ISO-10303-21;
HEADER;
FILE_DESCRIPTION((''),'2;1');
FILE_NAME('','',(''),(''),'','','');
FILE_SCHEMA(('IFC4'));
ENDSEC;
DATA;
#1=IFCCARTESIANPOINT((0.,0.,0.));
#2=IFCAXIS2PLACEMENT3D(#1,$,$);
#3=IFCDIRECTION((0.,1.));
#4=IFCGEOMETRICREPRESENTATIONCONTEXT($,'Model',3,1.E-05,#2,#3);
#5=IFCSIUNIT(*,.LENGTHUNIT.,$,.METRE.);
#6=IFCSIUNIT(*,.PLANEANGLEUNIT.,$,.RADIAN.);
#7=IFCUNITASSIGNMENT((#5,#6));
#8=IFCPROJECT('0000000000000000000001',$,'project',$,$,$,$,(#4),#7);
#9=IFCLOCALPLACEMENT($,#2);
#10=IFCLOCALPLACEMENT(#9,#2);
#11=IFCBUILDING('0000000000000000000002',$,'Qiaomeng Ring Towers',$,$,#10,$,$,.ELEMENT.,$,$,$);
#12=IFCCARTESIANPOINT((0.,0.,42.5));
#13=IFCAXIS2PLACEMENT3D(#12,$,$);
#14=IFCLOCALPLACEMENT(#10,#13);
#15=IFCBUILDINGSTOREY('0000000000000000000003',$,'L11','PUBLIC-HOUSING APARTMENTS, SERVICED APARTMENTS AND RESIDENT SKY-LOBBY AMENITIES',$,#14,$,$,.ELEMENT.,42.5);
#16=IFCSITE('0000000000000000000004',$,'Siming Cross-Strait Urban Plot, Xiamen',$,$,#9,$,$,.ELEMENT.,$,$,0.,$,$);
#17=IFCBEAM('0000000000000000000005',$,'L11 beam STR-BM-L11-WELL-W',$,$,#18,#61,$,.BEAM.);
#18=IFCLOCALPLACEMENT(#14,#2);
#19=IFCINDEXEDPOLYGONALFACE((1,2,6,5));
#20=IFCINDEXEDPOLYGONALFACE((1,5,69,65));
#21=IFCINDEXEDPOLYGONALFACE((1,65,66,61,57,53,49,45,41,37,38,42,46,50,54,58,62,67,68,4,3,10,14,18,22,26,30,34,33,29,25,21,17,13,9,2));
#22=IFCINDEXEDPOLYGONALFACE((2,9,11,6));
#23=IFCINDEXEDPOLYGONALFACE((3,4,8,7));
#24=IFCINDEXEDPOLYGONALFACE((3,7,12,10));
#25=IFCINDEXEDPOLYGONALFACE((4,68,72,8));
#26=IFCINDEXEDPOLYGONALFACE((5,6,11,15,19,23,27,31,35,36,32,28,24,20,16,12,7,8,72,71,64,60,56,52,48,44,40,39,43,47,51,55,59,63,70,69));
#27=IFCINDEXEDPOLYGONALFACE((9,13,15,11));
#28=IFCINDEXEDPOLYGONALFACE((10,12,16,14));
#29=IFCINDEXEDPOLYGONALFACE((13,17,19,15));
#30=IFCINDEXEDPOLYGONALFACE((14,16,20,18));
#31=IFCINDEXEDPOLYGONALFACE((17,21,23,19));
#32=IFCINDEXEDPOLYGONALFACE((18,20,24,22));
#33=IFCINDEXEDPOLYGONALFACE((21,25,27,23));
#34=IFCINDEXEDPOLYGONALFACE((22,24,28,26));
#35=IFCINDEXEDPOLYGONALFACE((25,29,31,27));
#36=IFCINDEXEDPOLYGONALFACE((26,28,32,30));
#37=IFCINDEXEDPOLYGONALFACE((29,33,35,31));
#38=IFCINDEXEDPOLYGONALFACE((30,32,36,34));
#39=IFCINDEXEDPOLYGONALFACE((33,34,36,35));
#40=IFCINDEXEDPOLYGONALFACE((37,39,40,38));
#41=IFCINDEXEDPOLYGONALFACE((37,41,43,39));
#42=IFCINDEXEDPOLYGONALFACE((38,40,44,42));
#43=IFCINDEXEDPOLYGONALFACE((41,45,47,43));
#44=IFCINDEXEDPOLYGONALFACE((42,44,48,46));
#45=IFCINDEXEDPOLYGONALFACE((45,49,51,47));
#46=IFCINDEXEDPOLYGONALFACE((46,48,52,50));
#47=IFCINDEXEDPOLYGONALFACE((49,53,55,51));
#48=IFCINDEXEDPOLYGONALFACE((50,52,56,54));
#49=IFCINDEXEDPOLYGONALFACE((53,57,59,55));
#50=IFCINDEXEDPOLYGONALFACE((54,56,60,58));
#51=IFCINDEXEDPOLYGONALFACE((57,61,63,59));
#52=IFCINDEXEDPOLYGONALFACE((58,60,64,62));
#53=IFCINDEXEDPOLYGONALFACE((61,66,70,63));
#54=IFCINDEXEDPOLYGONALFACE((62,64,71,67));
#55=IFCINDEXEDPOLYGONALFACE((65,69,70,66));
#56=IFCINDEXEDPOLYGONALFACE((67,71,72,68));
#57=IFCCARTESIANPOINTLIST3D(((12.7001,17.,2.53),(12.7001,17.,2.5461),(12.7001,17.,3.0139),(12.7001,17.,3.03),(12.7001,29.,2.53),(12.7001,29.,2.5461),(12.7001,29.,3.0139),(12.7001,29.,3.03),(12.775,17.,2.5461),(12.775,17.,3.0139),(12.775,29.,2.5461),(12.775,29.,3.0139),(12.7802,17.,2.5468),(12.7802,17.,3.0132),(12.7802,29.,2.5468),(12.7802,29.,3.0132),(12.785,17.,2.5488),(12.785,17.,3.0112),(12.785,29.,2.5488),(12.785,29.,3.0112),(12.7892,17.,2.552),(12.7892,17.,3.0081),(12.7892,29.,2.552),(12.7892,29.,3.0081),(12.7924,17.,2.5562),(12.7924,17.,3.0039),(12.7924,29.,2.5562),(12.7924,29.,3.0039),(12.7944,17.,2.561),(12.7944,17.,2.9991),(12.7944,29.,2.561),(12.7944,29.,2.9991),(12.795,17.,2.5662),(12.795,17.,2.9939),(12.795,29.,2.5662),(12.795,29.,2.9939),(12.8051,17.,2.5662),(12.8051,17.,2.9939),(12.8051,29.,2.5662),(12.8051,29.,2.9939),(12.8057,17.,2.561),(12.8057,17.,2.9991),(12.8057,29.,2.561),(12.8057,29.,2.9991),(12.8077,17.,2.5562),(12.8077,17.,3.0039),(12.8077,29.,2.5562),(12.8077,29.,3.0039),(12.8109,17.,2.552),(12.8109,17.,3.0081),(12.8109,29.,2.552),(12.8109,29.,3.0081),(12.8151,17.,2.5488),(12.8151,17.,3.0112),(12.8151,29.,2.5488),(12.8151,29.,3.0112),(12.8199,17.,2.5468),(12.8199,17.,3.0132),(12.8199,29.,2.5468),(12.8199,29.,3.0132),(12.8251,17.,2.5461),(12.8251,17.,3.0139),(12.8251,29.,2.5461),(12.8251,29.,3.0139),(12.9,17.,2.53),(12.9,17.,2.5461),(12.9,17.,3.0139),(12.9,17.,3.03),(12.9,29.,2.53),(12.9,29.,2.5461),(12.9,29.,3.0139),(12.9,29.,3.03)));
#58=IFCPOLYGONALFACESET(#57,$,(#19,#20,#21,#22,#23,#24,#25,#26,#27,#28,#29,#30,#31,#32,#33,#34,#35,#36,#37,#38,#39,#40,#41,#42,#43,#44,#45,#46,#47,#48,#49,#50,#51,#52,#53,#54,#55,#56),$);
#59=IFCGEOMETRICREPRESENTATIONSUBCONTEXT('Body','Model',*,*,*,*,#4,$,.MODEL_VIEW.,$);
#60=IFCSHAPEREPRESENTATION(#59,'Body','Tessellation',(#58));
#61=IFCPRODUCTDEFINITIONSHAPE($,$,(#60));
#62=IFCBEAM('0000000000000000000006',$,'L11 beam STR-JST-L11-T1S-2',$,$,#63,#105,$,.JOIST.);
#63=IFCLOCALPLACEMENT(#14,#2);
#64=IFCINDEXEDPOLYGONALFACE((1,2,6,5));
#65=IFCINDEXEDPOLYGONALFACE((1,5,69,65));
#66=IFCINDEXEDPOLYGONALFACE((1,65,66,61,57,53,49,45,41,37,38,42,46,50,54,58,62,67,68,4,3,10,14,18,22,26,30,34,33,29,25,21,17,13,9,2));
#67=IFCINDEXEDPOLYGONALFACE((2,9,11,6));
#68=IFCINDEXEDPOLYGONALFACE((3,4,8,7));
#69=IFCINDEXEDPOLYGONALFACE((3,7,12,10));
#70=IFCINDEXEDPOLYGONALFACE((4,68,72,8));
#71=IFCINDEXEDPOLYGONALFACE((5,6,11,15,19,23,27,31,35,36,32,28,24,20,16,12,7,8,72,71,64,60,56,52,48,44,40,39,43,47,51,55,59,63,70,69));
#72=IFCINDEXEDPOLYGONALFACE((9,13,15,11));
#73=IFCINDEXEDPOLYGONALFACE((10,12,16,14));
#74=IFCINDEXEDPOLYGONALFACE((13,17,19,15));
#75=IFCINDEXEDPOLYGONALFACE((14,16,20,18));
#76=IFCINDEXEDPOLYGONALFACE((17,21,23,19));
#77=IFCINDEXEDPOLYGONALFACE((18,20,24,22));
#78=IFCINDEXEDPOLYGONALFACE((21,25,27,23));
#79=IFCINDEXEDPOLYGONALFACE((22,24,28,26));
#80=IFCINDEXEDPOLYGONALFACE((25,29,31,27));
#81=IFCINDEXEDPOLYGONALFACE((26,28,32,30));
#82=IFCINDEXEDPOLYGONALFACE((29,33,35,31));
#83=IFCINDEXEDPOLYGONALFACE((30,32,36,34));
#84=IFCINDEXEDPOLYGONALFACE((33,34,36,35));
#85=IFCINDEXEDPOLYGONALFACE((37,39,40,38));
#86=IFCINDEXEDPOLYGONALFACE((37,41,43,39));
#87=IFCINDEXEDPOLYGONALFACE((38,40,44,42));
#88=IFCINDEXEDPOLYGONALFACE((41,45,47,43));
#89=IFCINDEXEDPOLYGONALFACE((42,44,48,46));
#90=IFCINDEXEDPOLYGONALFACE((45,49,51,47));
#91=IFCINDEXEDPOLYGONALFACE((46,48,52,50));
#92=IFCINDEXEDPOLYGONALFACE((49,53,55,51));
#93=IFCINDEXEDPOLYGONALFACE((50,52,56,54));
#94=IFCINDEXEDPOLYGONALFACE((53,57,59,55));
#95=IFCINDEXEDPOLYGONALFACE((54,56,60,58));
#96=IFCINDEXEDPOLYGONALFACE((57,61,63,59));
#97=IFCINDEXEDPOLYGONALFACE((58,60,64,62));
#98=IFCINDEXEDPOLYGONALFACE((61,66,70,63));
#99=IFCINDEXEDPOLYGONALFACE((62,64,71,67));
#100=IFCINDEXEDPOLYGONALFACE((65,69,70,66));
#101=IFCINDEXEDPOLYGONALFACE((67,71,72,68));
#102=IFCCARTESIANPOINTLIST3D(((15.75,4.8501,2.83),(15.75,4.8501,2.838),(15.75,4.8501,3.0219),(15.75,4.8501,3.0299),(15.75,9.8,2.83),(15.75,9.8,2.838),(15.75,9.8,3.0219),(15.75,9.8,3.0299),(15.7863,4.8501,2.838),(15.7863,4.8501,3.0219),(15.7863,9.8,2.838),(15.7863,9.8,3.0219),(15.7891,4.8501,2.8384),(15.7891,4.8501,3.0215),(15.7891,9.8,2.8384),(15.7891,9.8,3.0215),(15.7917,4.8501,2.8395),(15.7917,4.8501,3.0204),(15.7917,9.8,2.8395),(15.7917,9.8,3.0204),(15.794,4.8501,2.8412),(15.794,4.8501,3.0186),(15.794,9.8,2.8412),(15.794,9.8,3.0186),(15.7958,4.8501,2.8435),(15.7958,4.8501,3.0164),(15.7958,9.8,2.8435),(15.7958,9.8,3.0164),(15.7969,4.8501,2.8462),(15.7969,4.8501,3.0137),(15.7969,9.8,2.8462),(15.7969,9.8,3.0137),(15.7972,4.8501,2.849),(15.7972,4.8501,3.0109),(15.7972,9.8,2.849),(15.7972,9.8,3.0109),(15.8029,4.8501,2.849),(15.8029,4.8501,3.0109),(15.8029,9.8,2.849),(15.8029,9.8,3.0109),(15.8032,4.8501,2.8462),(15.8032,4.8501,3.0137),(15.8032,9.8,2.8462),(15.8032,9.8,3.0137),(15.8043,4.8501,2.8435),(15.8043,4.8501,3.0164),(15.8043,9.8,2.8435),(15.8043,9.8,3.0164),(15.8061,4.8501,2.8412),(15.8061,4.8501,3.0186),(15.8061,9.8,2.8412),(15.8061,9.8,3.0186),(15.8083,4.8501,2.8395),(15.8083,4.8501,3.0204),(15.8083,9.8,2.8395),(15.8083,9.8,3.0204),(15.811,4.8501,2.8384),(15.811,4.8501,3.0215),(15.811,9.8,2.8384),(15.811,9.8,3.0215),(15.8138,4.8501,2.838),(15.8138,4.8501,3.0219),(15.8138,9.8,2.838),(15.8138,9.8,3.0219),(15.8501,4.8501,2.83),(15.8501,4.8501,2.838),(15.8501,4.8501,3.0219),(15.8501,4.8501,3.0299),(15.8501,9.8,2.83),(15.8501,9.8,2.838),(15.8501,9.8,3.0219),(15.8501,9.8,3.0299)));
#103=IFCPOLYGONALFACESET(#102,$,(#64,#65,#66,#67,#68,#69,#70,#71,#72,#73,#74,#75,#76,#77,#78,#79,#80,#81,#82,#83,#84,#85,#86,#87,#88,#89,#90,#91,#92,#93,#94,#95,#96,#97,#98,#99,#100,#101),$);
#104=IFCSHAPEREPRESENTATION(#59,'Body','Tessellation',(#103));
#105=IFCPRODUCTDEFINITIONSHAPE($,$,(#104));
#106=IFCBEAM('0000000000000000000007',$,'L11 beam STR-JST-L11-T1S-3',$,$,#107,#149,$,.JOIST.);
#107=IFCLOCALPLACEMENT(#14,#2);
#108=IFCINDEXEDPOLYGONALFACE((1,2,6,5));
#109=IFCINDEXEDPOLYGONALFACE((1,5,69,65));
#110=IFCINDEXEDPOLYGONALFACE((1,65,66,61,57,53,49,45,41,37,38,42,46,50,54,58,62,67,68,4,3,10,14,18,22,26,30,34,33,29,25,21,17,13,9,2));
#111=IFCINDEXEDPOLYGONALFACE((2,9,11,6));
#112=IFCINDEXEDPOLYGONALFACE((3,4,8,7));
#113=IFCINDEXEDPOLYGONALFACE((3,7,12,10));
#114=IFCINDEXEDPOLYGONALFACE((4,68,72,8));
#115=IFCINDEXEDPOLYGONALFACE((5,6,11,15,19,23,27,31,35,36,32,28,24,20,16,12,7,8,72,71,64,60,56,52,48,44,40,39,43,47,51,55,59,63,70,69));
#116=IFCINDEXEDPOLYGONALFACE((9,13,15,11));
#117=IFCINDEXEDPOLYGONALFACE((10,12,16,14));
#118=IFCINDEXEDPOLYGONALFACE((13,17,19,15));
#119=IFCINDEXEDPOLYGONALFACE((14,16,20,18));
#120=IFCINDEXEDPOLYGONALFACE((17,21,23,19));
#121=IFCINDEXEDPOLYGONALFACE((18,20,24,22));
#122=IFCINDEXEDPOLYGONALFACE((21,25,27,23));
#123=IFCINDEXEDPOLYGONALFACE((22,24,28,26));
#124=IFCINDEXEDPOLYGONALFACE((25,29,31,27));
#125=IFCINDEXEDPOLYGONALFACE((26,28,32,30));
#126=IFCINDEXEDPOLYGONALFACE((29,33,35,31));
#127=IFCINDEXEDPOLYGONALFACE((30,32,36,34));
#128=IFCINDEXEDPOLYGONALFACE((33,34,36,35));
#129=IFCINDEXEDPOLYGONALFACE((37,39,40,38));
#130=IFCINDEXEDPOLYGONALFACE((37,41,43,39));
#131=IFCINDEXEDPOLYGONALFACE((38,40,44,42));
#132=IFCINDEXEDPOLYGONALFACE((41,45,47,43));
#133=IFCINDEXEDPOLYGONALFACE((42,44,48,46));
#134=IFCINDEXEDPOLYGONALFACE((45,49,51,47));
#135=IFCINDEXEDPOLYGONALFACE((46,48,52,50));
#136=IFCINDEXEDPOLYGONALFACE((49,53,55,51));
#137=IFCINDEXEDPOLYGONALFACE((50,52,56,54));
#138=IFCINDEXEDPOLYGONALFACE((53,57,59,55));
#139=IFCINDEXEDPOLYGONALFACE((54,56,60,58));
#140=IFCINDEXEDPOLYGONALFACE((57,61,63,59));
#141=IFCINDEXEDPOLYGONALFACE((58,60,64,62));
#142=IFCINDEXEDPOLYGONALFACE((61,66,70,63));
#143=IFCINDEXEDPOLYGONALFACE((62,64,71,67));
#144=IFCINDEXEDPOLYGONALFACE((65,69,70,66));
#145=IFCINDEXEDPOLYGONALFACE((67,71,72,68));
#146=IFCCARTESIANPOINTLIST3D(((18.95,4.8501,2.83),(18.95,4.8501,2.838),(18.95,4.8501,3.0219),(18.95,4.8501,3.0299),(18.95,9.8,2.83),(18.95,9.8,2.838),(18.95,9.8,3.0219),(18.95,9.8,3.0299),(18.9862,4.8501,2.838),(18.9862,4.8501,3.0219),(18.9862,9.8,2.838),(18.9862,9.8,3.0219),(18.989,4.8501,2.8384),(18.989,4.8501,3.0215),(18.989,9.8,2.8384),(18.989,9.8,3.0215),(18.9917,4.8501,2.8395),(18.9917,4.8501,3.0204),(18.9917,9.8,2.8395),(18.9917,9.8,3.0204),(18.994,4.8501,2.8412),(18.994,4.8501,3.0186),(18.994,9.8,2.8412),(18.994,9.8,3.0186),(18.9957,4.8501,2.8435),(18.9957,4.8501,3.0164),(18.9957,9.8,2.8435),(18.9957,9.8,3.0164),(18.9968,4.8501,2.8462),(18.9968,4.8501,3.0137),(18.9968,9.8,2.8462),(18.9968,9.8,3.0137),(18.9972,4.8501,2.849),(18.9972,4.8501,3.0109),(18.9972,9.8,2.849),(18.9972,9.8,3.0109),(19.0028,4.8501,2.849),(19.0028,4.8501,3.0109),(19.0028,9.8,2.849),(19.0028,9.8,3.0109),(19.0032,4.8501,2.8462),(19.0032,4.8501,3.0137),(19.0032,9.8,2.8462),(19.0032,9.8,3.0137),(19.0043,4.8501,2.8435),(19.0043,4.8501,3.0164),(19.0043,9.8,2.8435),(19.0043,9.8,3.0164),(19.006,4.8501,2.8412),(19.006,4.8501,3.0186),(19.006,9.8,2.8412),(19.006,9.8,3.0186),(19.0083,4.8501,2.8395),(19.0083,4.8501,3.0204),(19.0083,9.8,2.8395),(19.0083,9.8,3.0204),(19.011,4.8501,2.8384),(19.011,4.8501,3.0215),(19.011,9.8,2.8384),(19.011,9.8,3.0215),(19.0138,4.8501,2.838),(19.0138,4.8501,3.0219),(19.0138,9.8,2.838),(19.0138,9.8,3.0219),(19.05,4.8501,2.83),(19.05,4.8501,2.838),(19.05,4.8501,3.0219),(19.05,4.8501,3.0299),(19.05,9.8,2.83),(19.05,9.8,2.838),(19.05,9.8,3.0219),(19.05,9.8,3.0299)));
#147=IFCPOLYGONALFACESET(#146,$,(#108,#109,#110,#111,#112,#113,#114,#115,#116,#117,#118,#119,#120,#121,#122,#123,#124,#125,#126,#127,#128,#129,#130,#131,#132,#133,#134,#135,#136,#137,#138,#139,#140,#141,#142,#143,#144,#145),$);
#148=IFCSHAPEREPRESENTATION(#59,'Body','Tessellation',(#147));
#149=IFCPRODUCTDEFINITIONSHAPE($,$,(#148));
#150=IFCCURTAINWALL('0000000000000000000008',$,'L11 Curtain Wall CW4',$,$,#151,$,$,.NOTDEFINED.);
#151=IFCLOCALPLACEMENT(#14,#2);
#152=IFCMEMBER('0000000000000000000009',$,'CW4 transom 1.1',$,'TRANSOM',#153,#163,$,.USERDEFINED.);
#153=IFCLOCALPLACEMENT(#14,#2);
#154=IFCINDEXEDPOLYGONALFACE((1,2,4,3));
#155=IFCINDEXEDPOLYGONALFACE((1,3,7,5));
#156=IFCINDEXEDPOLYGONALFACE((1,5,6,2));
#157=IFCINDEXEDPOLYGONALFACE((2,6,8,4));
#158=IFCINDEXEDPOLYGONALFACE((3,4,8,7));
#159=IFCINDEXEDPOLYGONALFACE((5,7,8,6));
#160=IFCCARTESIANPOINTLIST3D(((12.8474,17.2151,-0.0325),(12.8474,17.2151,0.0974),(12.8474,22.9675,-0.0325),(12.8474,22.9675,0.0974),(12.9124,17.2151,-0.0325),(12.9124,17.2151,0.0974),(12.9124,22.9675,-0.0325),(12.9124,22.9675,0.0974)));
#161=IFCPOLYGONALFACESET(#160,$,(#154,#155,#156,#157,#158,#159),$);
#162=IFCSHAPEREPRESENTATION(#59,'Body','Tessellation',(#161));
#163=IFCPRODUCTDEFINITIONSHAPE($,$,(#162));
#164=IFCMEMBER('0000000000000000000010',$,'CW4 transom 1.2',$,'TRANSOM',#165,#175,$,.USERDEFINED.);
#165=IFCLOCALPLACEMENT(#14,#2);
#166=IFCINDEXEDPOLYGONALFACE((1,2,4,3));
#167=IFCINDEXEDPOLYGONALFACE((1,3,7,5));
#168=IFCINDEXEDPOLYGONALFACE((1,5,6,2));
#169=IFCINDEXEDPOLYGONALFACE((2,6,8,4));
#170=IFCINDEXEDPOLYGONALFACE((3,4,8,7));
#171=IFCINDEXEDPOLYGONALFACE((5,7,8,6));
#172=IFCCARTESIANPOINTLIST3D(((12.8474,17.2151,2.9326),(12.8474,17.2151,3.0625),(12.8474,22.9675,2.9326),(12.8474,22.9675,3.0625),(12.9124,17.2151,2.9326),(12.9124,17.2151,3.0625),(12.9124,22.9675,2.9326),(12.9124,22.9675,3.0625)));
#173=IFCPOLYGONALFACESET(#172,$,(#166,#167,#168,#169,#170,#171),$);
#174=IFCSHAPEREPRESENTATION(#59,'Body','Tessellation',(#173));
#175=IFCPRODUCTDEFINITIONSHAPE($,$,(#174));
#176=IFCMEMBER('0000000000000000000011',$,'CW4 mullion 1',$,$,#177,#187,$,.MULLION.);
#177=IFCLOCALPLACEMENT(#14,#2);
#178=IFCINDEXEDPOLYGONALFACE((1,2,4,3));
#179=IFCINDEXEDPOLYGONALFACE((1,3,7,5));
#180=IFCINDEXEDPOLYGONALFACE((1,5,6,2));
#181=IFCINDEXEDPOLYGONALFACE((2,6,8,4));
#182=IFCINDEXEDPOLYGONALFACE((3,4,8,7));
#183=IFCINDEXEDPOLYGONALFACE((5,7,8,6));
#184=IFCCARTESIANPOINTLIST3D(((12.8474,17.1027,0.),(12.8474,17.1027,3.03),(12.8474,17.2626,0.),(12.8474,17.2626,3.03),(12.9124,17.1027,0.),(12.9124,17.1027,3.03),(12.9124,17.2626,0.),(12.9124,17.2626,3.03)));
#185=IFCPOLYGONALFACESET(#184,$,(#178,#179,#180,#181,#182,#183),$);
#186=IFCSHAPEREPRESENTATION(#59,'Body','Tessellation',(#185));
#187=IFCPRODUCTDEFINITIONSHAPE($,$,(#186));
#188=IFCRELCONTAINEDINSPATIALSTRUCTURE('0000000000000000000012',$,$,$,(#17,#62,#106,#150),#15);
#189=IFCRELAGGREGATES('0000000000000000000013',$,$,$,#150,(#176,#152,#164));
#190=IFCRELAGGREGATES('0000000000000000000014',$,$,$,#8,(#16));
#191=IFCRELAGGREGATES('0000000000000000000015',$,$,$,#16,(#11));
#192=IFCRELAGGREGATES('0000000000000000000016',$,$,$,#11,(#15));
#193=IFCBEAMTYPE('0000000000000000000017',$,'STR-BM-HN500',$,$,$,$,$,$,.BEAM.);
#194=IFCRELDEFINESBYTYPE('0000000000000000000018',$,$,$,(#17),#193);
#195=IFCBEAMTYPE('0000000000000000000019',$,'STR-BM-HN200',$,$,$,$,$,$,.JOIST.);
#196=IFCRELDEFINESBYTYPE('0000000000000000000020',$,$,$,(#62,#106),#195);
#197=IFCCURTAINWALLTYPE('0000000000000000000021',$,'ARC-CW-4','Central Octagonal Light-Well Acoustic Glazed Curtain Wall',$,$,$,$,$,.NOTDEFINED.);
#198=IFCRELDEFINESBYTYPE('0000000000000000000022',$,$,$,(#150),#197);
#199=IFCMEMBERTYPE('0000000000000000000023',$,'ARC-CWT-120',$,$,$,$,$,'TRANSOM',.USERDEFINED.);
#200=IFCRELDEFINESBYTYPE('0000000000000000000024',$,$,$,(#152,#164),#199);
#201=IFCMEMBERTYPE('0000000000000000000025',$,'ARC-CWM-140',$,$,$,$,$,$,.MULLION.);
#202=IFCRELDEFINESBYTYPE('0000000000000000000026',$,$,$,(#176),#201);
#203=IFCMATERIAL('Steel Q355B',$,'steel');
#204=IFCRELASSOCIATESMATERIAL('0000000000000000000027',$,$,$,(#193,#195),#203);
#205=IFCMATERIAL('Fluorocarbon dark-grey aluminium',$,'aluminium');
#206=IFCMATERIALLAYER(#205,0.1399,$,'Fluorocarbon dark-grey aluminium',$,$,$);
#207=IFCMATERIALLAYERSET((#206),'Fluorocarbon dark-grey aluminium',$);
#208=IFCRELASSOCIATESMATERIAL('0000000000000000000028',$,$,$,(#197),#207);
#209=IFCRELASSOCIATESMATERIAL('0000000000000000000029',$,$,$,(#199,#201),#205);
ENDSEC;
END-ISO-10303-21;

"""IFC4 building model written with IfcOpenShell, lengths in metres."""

from ifc_helpers import new_model, si_unit, direction, frame, origin, origin_2d, place, context, subcontext, project, spatial, rectangle, i_section, extrude, source, transform, mapped, material, layer, layer_set, material_profile, profile_set, type_object, element, aggregate, save


model = new_model("IFC4")

# Units and contexts
model_context = context("Model", 3, precision=1e-05, world=origin(), true_north=direction((0.0, 1.0)))
body_context = subcontext(model_context, "Body", "Model", "MODEL_VIEW")
ifc_project = project(units=[si_unit("LENGTHUNIT", "METRE"), si_unit("PLANEANGLEUNIT", "RADIAN")], contexts=[model_context])

# Site, building, storey
site_placement = place(None, origin())
site = spatial("IfcSite", under=ifc_project, at=site_placement, Name="Siming Cross-Strait Urban Plot, Xiamen", CompositionType="ELEMENT", RefElevation=0.0)
building_placement = place(site_placement, origin())
building = spatial("IfcBuilding", under=site, at=building_placement, Name="Qiaomeng Ring Towers", CompositionType="ELEMENT")
storey_placement = place(building_placement, frame((0.0, 0.0, 42.5)))
storey = spatial("IfcBuildingStorey", under=building, at=storey_placement, Name="L11", Description="PUBLIC-HOUSING APARTMENTS, SERVICED APARTMENTS AND RESIDENT SKY-LOBBY AMENITIES", CompositionType="ELEMENT", Elevation=42.5)

# Beams
ifc_material_1 = material(Name="Steel Q355B", Category="steel")
ifc_material_profile_1 = material_profile(ifc_material_1, i_section(OverallWidth=0.2, OverallDepth=0.5, WebThickness=0.01, FlangeThickness=0.0161, FilletRadius=0.02, at=origin_2d()), Name="HN 500x200x10x16")
ifc_profile_set_1 = profile_set([ifc_material_profile_1], Name="Steel Q355B")
beam_type_1 = type_object("IfcBeamType", Name="STR-BM-HN500", PredefinedType="BEAM", material=ifc_profile_set_1)
shared_shape_1 = source(origin(), body_context, "Body", "SweptSolid", [
    extrude(i_section(OverallWidth=0.2, OverallDepth=0.5, WebThickness=0.01, FlangeThickness=0.0161, FilletRadius=0.02, at=origin_2d()), origin(), (0.0, 0.0, 1.0), 12.0),
])
beam_placement = place(storey_placement, frame((12.8, 17.0, 2.78), z_axis=(0.0, 1.0, 0.0), x_axis=(-1.0, 0.0, 0.0)))
element("IfcBeam", 1, at=beam_placement, inside=storey, type_object=beam_type_1, Name="L11 beam STR-BM-L11-WELL-W", PredefinedType="BEAM", context=body_context, shape_type="MappedRepresentation", body=[
    mapped(shared_shape_1, transform((0.0, 0.0, 0.0), x_axis=(1.0, 0.0, 0.0), y_axis=(0.0, 1.0, 0.0), z_axis=(0.0, 0.0, 1.0), scale=1.0)),
])
ifc_material_profile_2 = material_profile(ifc_material_1, i_section(OverallWidth=0.1001, OverallDepth=0.2, WebThickness=0.0056, FlangeThickness=0.0081, FilletRadius=0.011, at=origin_2d()), Name="HN 200x100x5.5x8")
ifc_profile_set_2 = profile_set([ifc_material_profile_2], Name="Steel Q355B")
beam_type_2 = type_object("IfcBeamType", Name="STR-BM-HN200", PredefinedType="JOIST", material=ifc_profile_set_2)
shared_shape_2 = source(origin(), body_context, "Body", "SweptSolid", [
    extrude(i_section(OverallWidth=0.1001, OverallDepth=0.2, WebThickness=0.0056, FlangeThickness=0.0081, FilletRadius=0.011, at=origin_2d()), origin(), (0.0, 0.0, 1.0), 4.95),
])
for number, where, z_axis, x_axis, name in (
    (2, (15.8, 4.8501, 2.9299), (0.0, 1.0, 0.0), (-1.0, 0.0, 0.0), "L11 beam STR-JST-L11-T1S-2"),
    (3, (19.0, 4.8501, 2.9299), (0.0, 1.0, 0.0), (-1.0, 0.0, 0.0), "L11 beam STR-JST-L11-T1S-3"),
):
    element("IfcBeam", number, at=place(storey_placement, frame(where, z_axis=z_axis, x_axis=x_axis)), inside=storey, type_object=beam_type_2, Name=name, PredefinedType="JOIST", context=body_context, shape_type="MappedRepresentation", body=[
        mapped(shared_shape_2, transform((0.0, 0.0, 0.0), x_axis=(1.0, 0.0, 0.0), y_axis=(0.0, 1.0, 0.0), z_axis=(0.0, 0.0, 1.0), scale=1.0)),
    ])

# Curtain wall, members
ifc_material_2 = material(Name="Fluorocarbon dark-grey aluminium", Category="aluminium")
ifc_layer_1 = layer(ifc_material_2, 0.1399, Name="Fluorocarbon dark-grey aluminium")
ifc_layer_set_1 = layer_set([ifc_layer_1], Name="Fluorocarbon dark-grey aluminium")
curtain_wall_type = type_object("IfcCurtainWallType", Name="ARC-CW-4", Description="Central Octagonal Light-Well Acoustic Glazed Curtain Wall", PredefinedType="NOTDEFINED", material=ifc_layer_set_1)
curtain_wall_placement = place(storey_placement, origin())
curtain_wall = element("IfcCurtainWall", 4, at=curtain_wall_placement, inside=storey, type_object=curtain_wall_type, Name="L11 Curtain Wall CW4", PredefinedType="NOTDEFINED")
ifc_material_profile_3 = material_profile(ifc_material_2, rectangle(XDim=0.0649, YDim=0.1299, at=origin_2d()), Name="ALU TRAN 65x130")
ifc_profile_set_3 = profile_set([ifc_material_profile_3], Name="Fluorocarbon dark-grey aluminium")
member_type_1 = type_object("IfcMemberType", Name="ARC-CWT-120", ElementType="TRANSOM", PredefinedType="USERDEFINED", material=ifc_profile_set_3)
shared_shape_3 = source(origin(), body_context, "Body", "SweptSolid", [
    extrude(rectangle(XDim=0.0649, YDim=0.1299, at=origin_2d()), origin(), (0.0, 0.0, 1.0), 5.7524),
])
member_1_placement = place(storey_placement, frame((12.8799, 17.2151, 0.0325), z_axis=(0.0, 1.0, 0.0), x_axis=(-1.0, 0.0, 0.0)))
member_1 = element("IfcMember", 5, at=member_1_placement, type_object=member_type_1, Name="CW4 transom 1.1", ObjectType="TRANSOM", PredefinedType="USERDEFINED", context=body_context, shape_type="MappedRepresentation", body=[
    mapped(shared_shape_3, transform((0.0, 0.0, 0.0), x_axis=(1.0, 0.0, 0.0), y_axis=(0.0, 1.0, 0.0), z_axis=(0.0, 0.0, 1.0), scale=1.0)),
])
member_2_placement = place(storey_placement, frame((12.8799, 17.2151, 2.9976), z_axis=(0.0, 1.0, 0.0), x_axis=(-1.0, 0.0, 0.0)))
member_2 = element("IfcMember", 6, at=member_2_placement, type_object=member_type_1, Name="CW4 transom 1.2", ObjectType="TRANSOM", PredefinedType="USERDEFINED", context=body_context, shape_type="MappedRepresentation", body=[
    mapped(shared_shape_3, transform((0.0, 0.0, 0.0), x_axis=(1.0, 0.0, 0.0), y_axis=(0.0, 1.0, 0.0), z_axis=(0.0, 0.0, 1.0), scale=1.0)),
])
ifc_material_profile_4 = material_profile(ifc_material_2, rectangle(XDim=0.0649, YDim=0.1599, at=origin_2d()), Name="ALU MULL 65x160")
ifc_profile_set_4 = profile_set([ifc_material_profile_4], Name="Fluorocarbon dark-grey aluminium")
member_type_2 = type_object("IfcMemberType", Name="ARC-CWM-140", PredefinedType="MULLION", material=ifc_profile_set_4)
shared_shape_4 = source(origin(), body_context, "Body", "SweptSolid", [
    extrude(rectangle(XDim=0.0649, YDim=0.1599, at=origin_2d()), origin(), (0.0, 0.0, 1.0), 3.03),
])
member_3_placement = place(storey_placement, frame((12.8799, 17.1826, 0.0), z_axis=(0.0, 0.0, 1.0), x_axis=(-1.0, 0.0, 0.0)))
member_3 = element("IfcMember", 7, at=member_3_placement, type_object=member_type_2, Name="CW4 mullion 1", PredefinedType="MULLION", context=body_context, shape_type="MappedRepresentation", body=[
    mapped(shared_shape_4, transform((0.0, 0.0, 0.0), x_axis=(1.0, 0.0, 0.0), y_axis=(0.0, 1.0, 0.0), z_axis=(0.0, 0.0, 1.0), scale=1.0)),
])
aggregate(curtain_wall, [member_3, member_1, member_2])

save(model, "model.ifc")
